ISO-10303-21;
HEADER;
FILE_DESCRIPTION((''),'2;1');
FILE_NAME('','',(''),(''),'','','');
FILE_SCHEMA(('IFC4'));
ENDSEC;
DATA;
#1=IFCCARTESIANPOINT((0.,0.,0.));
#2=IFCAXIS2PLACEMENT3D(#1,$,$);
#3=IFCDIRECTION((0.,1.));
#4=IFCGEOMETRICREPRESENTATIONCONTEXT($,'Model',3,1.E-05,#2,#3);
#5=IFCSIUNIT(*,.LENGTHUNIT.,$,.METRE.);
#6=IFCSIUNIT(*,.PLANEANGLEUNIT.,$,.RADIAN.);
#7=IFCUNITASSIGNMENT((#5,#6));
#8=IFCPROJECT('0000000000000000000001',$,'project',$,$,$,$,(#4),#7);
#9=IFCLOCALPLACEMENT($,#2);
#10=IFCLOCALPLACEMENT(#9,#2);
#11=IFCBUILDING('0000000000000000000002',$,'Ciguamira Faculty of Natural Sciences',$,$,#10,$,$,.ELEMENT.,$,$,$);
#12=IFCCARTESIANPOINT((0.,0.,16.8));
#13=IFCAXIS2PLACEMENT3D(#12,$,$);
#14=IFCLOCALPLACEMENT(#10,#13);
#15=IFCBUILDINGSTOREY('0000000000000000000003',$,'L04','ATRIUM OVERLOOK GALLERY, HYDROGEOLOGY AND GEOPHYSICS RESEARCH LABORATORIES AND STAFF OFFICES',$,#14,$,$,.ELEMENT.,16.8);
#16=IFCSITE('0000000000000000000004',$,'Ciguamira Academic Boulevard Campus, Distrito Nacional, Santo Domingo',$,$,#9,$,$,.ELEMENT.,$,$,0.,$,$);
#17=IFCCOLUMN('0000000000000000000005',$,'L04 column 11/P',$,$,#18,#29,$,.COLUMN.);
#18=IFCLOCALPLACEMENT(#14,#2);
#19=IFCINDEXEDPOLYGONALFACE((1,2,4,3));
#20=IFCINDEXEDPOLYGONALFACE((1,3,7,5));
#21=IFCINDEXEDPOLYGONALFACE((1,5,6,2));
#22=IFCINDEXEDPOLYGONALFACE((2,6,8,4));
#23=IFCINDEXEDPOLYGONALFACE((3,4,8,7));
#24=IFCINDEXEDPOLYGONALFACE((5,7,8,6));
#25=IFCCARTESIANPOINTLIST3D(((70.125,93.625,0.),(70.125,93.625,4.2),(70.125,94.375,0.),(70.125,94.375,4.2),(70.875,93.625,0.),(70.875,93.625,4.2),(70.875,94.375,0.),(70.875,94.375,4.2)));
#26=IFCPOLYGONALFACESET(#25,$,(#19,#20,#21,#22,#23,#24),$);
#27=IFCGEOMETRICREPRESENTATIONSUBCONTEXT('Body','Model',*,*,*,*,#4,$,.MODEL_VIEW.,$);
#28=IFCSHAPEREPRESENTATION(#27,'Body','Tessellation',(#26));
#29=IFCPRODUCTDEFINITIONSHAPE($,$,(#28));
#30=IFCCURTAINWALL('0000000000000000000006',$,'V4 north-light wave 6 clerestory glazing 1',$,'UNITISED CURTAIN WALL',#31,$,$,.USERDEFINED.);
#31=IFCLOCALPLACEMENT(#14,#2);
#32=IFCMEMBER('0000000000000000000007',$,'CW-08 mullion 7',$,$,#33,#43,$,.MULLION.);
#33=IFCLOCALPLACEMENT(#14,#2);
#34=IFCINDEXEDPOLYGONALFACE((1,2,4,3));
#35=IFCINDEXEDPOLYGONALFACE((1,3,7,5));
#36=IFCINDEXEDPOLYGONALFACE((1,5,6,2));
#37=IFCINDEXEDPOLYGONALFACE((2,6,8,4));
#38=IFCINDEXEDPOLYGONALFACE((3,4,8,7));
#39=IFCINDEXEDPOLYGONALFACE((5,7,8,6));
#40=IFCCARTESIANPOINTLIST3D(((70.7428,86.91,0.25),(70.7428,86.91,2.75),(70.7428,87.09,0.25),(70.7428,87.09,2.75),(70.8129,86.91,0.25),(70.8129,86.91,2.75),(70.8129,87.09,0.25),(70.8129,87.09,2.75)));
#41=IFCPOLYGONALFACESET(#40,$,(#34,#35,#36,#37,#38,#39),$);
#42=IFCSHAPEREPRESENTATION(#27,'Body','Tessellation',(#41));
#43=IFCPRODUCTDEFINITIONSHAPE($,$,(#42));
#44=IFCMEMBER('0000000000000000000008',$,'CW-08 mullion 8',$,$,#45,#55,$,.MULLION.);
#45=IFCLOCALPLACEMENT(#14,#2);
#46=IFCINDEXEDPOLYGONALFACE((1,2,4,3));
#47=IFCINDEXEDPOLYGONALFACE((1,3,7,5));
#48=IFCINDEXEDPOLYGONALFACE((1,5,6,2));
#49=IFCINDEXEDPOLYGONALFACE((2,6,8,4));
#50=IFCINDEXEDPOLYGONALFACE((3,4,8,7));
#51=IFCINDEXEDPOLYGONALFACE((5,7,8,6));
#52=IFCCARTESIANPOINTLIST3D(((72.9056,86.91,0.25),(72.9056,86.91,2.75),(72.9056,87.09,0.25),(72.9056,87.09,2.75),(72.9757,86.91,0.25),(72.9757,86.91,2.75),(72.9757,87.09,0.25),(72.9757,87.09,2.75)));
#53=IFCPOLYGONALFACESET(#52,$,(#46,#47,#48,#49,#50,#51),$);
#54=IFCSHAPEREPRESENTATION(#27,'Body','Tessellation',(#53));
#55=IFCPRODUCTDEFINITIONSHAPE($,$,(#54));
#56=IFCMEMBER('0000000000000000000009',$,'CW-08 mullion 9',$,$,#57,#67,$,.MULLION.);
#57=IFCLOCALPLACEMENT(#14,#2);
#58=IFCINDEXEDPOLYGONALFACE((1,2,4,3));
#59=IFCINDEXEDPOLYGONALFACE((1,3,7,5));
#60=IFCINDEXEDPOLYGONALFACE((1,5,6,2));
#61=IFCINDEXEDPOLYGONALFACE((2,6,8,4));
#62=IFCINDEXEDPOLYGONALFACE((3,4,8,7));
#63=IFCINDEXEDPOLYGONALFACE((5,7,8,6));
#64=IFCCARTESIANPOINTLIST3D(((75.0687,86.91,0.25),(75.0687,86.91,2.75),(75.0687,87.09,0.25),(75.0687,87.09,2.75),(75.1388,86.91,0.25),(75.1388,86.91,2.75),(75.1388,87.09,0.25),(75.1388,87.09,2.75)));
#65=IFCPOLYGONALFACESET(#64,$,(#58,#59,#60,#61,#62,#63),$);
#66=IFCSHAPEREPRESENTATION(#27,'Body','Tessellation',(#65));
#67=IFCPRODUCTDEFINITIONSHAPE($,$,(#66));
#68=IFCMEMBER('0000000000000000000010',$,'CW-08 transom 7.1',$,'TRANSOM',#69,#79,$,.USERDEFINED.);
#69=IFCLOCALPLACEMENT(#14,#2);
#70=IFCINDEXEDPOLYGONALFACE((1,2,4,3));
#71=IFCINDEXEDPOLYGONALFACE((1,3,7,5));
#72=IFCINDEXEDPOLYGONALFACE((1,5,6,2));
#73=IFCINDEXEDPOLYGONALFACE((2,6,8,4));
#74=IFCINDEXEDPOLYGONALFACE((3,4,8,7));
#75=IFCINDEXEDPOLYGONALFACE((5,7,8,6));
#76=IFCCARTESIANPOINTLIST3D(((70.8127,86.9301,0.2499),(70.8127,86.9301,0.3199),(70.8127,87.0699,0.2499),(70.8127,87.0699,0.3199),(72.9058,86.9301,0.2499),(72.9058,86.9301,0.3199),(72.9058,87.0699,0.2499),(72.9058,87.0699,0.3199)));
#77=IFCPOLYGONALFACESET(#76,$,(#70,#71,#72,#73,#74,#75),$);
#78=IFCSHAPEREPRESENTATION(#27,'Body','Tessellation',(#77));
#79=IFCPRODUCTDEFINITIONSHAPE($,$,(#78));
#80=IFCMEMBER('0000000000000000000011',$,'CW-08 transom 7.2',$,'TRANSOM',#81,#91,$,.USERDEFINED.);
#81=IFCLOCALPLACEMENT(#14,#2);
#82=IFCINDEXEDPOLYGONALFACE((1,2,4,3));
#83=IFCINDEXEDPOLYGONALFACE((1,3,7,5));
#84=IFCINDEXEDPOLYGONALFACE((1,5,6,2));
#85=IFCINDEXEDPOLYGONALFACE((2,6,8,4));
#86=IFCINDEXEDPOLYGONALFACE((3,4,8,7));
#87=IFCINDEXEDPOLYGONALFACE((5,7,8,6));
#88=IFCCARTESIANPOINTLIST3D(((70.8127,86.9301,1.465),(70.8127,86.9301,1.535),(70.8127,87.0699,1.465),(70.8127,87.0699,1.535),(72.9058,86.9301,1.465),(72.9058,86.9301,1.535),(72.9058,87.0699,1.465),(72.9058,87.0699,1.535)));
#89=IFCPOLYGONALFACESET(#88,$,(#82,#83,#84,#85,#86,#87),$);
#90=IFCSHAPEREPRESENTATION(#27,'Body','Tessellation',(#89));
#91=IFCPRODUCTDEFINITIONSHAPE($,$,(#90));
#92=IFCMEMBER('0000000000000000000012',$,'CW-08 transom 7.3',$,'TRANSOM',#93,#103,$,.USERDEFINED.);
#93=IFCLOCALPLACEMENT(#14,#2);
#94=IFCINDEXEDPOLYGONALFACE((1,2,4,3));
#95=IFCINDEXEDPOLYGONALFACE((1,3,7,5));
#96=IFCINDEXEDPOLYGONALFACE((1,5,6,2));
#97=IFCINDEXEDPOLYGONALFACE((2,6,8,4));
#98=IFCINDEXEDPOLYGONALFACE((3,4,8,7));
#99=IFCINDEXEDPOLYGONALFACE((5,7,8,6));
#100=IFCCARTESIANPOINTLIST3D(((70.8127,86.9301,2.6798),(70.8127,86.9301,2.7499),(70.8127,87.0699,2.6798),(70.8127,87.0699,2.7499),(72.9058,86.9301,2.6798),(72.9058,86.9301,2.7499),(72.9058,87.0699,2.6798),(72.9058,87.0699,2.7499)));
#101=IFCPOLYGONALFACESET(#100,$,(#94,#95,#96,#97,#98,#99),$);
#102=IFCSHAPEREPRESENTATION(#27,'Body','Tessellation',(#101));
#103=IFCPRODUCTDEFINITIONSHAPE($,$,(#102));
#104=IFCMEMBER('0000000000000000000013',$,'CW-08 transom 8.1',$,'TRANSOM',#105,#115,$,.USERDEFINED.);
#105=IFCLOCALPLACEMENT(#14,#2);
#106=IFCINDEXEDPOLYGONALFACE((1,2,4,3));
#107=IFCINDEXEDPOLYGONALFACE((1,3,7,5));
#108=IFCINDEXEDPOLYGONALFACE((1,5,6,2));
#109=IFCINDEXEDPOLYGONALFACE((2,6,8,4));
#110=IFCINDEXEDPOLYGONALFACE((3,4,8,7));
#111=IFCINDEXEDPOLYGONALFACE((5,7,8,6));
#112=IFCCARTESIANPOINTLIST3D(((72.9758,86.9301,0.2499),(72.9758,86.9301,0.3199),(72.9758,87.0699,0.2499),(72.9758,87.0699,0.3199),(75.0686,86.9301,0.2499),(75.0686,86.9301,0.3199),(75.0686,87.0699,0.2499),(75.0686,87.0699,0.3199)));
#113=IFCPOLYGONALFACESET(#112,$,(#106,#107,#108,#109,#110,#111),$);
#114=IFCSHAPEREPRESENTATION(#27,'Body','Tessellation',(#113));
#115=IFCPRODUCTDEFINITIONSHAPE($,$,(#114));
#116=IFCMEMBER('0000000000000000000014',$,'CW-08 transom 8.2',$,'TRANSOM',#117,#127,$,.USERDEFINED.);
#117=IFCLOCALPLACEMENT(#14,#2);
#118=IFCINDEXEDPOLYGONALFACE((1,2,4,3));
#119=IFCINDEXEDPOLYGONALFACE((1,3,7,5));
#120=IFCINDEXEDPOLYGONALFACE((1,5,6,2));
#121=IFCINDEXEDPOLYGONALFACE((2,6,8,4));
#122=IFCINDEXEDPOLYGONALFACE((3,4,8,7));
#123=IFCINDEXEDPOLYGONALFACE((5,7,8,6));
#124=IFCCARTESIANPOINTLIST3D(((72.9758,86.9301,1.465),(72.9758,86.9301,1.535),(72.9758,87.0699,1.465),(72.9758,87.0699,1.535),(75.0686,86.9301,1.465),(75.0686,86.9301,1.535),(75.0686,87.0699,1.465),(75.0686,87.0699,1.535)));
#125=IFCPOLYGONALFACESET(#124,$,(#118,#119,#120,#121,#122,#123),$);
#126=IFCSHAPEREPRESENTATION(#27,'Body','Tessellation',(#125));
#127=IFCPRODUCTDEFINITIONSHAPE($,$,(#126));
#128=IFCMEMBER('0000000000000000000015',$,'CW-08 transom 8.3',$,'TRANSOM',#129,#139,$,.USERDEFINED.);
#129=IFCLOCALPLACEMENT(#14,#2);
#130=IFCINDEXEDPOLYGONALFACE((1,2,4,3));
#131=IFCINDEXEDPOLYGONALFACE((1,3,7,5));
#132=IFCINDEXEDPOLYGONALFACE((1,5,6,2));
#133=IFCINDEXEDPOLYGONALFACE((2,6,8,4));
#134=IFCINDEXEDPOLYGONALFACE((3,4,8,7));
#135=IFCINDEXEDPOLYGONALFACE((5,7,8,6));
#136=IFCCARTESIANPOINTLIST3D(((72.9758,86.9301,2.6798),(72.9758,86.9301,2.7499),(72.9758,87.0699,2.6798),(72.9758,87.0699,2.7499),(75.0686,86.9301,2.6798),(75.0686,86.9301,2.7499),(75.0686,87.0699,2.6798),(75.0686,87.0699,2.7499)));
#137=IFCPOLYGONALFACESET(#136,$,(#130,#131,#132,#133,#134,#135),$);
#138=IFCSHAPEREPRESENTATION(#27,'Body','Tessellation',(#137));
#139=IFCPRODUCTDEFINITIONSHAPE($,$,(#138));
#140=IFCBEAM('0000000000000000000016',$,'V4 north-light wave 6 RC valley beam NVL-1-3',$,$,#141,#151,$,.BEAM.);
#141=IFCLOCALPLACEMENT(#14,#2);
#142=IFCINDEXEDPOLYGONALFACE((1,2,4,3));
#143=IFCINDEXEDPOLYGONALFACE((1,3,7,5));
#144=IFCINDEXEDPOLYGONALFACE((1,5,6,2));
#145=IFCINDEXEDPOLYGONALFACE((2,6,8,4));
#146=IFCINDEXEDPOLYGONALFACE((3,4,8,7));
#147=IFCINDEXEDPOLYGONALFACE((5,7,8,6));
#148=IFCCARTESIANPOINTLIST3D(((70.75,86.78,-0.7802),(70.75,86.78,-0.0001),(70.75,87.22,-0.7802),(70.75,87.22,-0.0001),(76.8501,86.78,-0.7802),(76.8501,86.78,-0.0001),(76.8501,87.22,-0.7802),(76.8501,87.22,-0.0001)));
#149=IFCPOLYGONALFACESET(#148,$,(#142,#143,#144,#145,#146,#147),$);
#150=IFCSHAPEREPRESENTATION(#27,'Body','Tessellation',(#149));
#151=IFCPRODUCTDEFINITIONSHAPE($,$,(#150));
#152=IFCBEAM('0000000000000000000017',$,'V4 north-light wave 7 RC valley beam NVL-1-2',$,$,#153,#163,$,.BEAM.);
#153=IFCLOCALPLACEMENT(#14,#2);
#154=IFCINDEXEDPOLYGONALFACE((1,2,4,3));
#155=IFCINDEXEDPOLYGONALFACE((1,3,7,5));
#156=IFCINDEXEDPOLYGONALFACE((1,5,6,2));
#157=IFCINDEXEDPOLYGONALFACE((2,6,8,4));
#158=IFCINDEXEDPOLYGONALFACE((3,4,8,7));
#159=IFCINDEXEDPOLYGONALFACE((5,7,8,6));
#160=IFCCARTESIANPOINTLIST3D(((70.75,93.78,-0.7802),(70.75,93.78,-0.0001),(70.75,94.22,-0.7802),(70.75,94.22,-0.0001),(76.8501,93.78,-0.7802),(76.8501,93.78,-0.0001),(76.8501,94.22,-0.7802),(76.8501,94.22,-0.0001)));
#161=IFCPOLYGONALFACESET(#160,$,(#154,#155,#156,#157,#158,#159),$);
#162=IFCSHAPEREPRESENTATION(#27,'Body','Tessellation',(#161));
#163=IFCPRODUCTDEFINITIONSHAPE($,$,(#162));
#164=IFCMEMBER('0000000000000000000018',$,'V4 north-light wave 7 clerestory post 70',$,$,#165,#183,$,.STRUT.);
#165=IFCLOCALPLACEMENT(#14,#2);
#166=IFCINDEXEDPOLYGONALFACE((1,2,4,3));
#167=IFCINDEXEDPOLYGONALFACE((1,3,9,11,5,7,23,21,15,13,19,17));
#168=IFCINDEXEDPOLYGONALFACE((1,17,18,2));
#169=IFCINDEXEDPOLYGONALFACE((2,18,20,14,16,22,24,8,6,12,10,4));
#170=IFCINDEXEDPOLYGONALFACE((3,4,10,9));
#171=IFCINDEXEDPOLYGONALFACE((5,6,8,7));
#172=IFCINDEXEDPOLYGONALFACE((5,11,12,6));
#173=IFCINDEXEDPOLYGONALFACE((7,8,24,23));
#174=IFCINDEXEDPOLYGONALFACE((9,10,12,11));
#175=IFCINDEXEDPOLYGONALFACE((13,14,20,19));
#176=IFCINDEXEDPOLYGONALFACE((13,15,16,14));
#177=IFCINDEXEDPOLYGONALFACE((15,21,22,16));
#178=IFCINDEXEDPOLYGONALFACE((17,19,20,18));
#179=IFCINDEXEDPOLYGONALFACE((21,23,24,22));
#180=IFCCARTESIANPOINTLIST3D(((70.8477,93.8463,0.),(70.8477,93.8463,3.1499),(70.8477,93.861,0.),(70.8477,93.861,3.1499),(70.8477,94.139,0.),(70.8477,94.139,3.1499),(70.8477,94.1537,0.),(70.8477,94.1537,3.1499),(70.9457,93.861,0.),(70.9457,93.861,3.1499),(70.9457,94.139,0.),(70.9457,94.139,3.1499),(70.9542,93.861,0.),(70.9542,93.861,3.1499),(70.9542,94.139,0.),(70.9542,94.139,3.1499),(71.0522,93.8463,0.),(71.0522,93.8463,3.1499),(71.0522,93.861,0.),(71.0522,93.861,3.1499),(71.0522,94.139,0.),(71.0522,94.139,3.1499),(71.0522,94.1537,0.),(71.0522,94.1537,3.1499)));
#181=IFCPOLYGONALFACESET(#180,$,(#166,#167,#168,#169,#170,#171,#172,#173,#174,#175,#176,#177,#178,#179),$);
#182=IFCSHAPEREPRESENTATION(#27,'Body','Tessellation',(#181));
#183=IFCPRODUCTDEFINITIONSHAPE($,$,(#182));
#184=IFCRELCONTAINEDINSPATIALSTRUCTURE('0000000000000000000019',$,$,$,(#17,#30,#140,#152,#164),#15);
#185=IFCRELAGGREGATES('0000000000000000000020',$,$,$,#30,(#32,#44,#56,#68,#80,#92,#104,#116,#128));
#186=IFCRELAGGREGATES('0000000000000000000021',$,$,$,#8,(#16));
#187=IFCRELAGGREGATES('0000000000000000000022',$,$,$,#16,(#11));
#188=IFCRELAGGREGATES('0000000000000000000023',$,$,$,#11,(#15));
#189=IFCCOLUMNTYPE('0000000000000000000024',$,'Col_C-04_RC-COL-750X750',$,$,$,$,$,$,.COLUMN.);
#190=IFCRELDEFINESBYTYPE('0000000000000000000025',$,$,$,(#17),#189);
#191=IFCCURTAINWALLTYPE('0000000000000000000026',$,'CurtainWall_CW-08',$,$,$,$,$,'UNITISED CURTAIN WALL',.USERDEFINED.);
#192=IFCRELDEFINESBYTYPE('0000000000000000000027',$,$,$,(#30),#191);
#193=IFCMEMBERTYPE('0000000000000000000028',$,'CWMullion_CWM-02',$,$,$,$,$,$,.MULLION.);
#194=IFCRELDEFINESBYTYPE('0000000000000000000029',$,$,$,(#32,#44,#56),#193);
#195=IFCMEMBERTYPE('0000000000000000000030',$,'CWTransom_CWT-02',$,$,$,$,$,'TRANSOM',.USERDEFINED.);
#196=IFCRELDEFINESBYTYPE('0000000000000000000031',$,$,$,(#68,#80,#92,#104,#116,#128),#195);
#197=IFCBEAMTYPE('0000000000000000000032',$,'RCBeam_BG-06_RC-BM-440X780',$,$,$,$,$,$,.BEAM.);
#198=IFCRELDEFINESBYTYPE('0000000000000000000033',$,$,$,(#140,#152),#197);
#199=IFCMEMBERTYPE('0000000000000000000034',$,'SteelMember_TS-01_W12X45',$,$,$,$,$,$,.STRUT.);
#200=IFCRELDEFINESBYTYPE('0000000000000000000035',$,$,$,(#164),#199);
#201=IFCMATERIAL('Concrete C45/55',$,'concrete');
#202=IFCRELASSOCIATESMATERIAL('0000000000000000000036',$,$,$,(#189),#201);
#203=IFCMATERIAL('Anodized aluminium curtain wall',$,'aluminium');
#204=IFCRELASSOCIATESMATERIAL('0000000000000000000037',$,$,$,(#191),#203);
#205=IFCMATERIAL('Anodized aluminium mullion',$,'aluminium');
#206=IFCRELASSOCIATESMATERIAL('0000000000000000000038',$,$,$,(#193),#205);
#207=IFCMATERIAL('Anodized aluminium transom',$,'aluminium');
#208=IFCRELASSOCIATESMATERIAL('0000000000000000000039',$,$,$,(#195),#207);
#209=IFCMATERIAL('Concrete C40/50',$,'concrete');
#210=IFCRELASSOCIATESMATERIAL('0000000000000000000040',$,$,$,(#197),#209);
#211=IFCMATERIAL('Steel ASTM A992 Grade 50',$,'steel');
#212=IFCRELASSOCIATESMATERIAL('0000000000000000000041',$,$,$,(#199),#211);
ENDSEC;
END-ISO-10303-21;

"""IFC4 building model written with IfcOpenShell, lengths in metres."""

from ifc_helpers import new_model, si_unit, direction, frame, origin, origin_2d, place, context, subcontext, project, spatial, rectangle, i_section, extrude, material, material_profile, profile_set, type_object, element, aggregate, save


model = new_model("IFC4")

# Units and contexts
model_context = context("Model", 3, precision=1e-05, world=origin(), true_north=direction((0.0, 1.0)))
body_context = subcontext(model_context, "Body", "Model", "MODEL_VIEW")
ifc_project = project(units=[si_unit("LENGTHUNIT", "METRE"), si_unit("PLANEANGLEUNIT", "RADIAN")], contexts=[model_context])

# Site, building, storey
site_placement = place(None, origin())
site = spatial("IfcSite", under=ifc_project, at=site_placement, Name="Ciguamira Academic Boulevard Campus, Distrito Nacional, Santo Domingo", CompositionType="ELEMENT", RefElevation=0.0)
building_placement = place(site_placement, origin())
building = spatial("IfcBuilding", under=site, at=building_placement, Name="Ciguamira Faculty of Natural Sciences", CompositionType="ELEMENT")
storey_placement = place(building_placement, frame((0.0, 0.0, 16.8)))
storey = spatial("IfcBuildingStorey", under=building, at=storey_placement, Name="L04", Description="ATRIUM OVERLOOK GALLERY, HYDROGEOLOGY AND GEOPHYSICS RESEARCH LABORATORIES AND STAFF OFFICES", CompositionType="ELEMENT", Elevation=16.8)

# Column
ifc_material_1 = material(Name="Concrete C45/55", Category="concrete")
ifc_material_profile_1 = material_profile(ifc_material_1, rectangle(XDim=0.75, YDim=0.75, at=origin_2d()), Name="RC-COL-750X750")
ifc_profile_set_1 = profile_set([ifc_material_profile_1], Name="Concrete C45/55")
column_type = type_object("IfcColumnType", Name="Col_C-04_RC-COL-750X750", PredefinedType="COLUMN", material=ifc_profile_set_1)
column_placement = place(storey_placement, frame((70.5, 94.0, 0.0), z_axis=(0.0, 0.0, 1.0), x_axis=(1.0, 0.0, 0.0)))
element("IfcColumn", 1, at=column_placement, inside=storey, type_object=column_type, Name="L04 column 11/P", PredefinedType="COLUMN", context=body_context, shape_type="SweptSolid", body=[
    extrude(rectangle(XDim=0.75, YDim=0.75, at=origin_2d()), origin(), (0.0, 0.0, 1.0), 4.2),
])

# Curtain wall, members
ifc_material_2 = material(Name="Anodized aluminium curtain wall", Category="aluminium")
curtain_wall_type = type_object("IfcCurtainWallType", Name="CurtainWall_CW-08", ElementType="UNITISED CURTAIN WALL", PredefinedType="USERDEFINED", material=ifc_material_2)
curtain_wall_placement = place(storey_placement, origin())
curtain_wall = element("IfcCurtainWall", 2, at=curtain_wall_placement, inside=storey, type_object=curtain_wall_type, Name="V4 north-light wave 6 clerestory glazing 1", ObjectType="UNITISED CURTAIN WALL", PredefinedType="USERDEFINED")
ifc_material_3 = material(Name="Anodized aluminium mullion", Category="aluminium")
ifc_material_profile_2 = material_profile(ifc_material_3, rectangle(XDim=0.0701, YDim=0.1799, at=origin_2d()), Name="ALU-MUL-70X180")
ifc_profile_set_2 = profile_set([ifc_material_profile_2], Name="Anodized aluminium mullion")
member_type_1 = type_object("IfcMemberType", Name="CWMullion_CWM-02", PredefinedType="MULLION", material=ifc_profile_set_2)
member_1_placement = place(storey_placement, frame((70.7778, 87.0, 0.25), z_axis=(0.0, 0.0, 1.0), x_axis=(1.0, 0.0, 0.0)))
member_1 = element("IfcMember", 3, at=member_1_placement, type_object=member_type_1, Name="CW-08 mullion 7", PredefinedType="MULLION", context=body_context, shape_type="SweptSolid", body=[
    extrude(rectangle(XDim=0.0701, YDim=0.1799, at=origin_2d()), origin(), (0.0, 0.0, 1.0), 2.5),
])
member_2_placement = place(storey_placement, frame((72.9407, 87.0, 0.25), z_axis=(0.0, 0.0, 1.0), x_axis=(1.0, 0.0, 0.0)))
member_2 = element("IfcMember", 4, at=member_2_placement, type_object=member_type_1, Name="CW-08 mullion 8", PredefinedType="MULLION", context=body_context, shape_type="SweptSolid", body=[
    extrude(rectangle(XDim=0.0701, YDim=0.1799, at=origin_2d()), origin(), (0.0, 0.0, 1.0), 2.5),
])
member_3_placement = place(storey_placement, frame((75.1038, 87.0, 0.25), z_axis=(0.0, 0.0, 1.0), x_axis=(1.0, 0.0, 0.0)))
member_3 = element("IfcMember", 5, at=member_3_placement, type_object=member_type_1, Name="CW-08 mullion 9", PredefinedType="MULLION", context=body_context, shape_type="SweptSolid", body=[
    extrude(rectangle(XDim=0.0701, YDim=0.1799, at=origin_2d()), origin(), (0.0, 0.0, 1.0), 2.5),
])
ifc_material_4 = material(Name="Anodized aluminium transom", Category="aluminium")
ifc_material_profile_3 = material_profile(ifc_material_4, rectangle(XDim=0.0701, YDim=0.1399, at=origin_2d()), Name="ALU-TRN-70X140")
ifc_profile_set_3 = profile_set([ifc_material_profile_3], Name="Anodized aluminium transom")
member_type_2 = type_object("IfcMemberType", Name="CWTransom_CWT-02", ElementType="TRANSOM", PredefinedType="USERDEFINED", material=ifc_profile_set_3)
member_4_placement = place(storey_placement, frame((70.8127, 87.0, 0.2849), z_axis=(1.0, 0.0, 0.0), x_axis=(0.0, 0.0, 1.0)))
member_4 = element("IfcMember", 6, at=member_4_placement, type_object=member_type_2, Name="CW-08 transom 7.1", ObjectType="TRANSOM", PredefinedType="USERDEFINED", context=body_context, shape_type="SweptSolid", body=[
    extrude(rectangle(XDim=0.0701, YDim=0.1399, at=origin_2d()), origin(), (0.0, 0.0, 1.0), 2.093),
])
member_5_placement = place(storey_placement, frame((70.8127, 87.0, 1.5), z_axis=(1.0, 0.0, 0.0), x_axis=(0.0, 0.0, 1.0)))
member_5 = element("IfcMember", 7, at=member_5_placement, type_object=member_type_2, Name="CW-08 transom 7.2", ObjectType="TRANSOM", PredefinedType="USERDEFINED", context=body_context, shape_type="SweptSolid", body=[
    extrude(rectangle(XDim=0.0701, YDim=0.1399, at=origin_2d()), origin(), (0.0, 0.0, 1.0), 2.093),
])
member_6_placement = place(storey_placement, frame((70.8127, 87.0, 2.7148), z_axis=(1.0, 0.0, 0.0), x_axis=(0.0, 0.0, 1.0)))
member_6 = element("IfcMember", 8, at=member_6_placement, type_object=member_type_2, Name="CW-08 transom 7.3", ObjectType="TRANSOM", PredefinedType="USERDEFINED", context=body_context, shape_type="SweptSolid", body=[
    extrude(rectangle(XDim=0.0701, YDim=0.1399, at=origin_2d()), origin(), (0.0, 0.0, 1.0), 2.093),
])
member_7_placement = place(storey_placement, frame((72.9758, 87.0, 0.2849), z_axis=(1.0, 0.0, 0.0), x_axis=(0.0, 0.0, 1.0)))
member_7 = element("IfcMember", 9, at=member_7_placement, type_object=member_type_2, Name="CW-08 transom 8.1", ObjectType="TRANSOM", PredefinedType="USERDEFINED", context=body_context, shape_type="SweptSolid", body=[
    extrude(rectangle(XDim=0.0701, YDim=0.1399, at=origin_2d()), origin(), (0.0, 0.0, 1.0), 2.0928),
])
member_8_placement = place(storey_placement, frame((72.9758, 87.0, 1.5), z_axis=(1.0, 0.0, 0.0), x_axis=(0.0, 0.0, 1.0)))
member_8 = element("IfcMember", 10, at=member_8_placement, type_object=member_type_2, Name="CW-08 transom 8.2", ObjectType="TRANSOM", PredefinedType="USERDEFINED", context=body_context, shape_type="SweptSolid", body=[
    extrude(rectangle(XDim=0.0701, YDim=0.1399, at=origin_2d()), origin(), (0.0, 0.0, 1.0), 2.0928),
])
member_9_placement = place(storey_placement, frame((72.9758, 87.0, 2.7148), z_axis=(1.0, 0.0, 0.0), x_axis=(0.0, 0.0, 1.0)))
member_9 = element("IfcMember", 11, at=member_9_placement, type_object=member_type_2, Name="CW-08 transom 8.3", ObjectType="TRANSOM", PredefinedType="USERDEFINED", context=body_context, shape_type="SweptSolid", body=[
    extrude(rectangle(XDim=0.0701, YDim=0.1399, at=origin_2d()), origin(), (0.0, 0.0, 1.0), 2.0928),
])

# Beams
ifc_material_5 = material(Name="Concrete C40/50", Category="concrete")
ifc_material_profile_4 = material_profile(ifc_material_5, rectangle(XDim=0.4399, YDim=0.78, at=origin_2d()), Name="RC-BM-440X780")
ifc_profile_set_4 = profile_set([ifc_material_profile_4], Name="Concrete C40/50")
beam_type = type_object("IfcBeamType", Name="RCBeam_BG-06_RC-BM-440X780", PredefinedType="BEAM", material=ifc_profile_set_4)
for number, where, z_axis, x_axis, name in (
    (12, (70.75, 87.0, -0.3901), (1.0, 0.0, 0.0), (0.0, 1.0, 0.0), "V4 north-light wave 6 RC valley beam NVL-1-3"),
    (13, (70.75, 94.0, -0.3901), (1.0, 0.0, 0.0), (0.0, 1.0, 0.0), "V4 north-light wave 7 RC valley beam NVL-1-2"),
):
    element("IfcBeam", number, at=place(storey_placement, frame(where, z_axis=z_axis, x_axis=x_axis)), inside=storey, type_object=beam_type, Name=name, PredefinedType="BEAM", context=body_context, shape_type="SweptSolid", body=[
        extrude(rectangle(XDim=0.4399, YDim=0.78, at=origin_2d()), origin(), (0.0, 0.0, 1.0), 6.1001),
    ])

# Member
ifc_material_6 = material(Name="Steel ASTM A992 Grade 50", Category="steel")
ifc_material_profile_5 = material_profile(ifc_material_6, i_section(OverallWidth=0.2046, OverallDepth=0.3074, WebThickness=0.0085, FlangeThickness=0.0146, at=origin_2d()), Name="W12X45")
ifc_profile_set_5 = profile_set([ifc_material_profile_5], Name="Steel ASTM A992 Grade 50")
member_type_3 = type_object("IfcMemberType", Name="SteelMember_TS-01_W12X45", PredefinedType="STRUT", material=ifc_profile_set_5)
member_10_placement = place(storey_placement, frame((70.95, 94.0, 0.0), z_axis=(0.0, 0.0, 1.0), x_axis=(1.0, 0.0, 0.0)))
element("IfcMember", 14, at=member_10_placement, inside=storey, type_object=member_type_3, Name="V4 north-light wave 7 clerestory post 70", PredefinedType="STRUT", context=body_context, shape_type="SweptSolid", body=[
    extrude(i_section(OverallWidth=0.2046, OverallDepth=0.3074, WebThickness=0.0085, FlangeThickness=0.0146, at=origin_2d()), origin(), (0.0, 0.0, 1.0), 3.1499),
])

aggregate(curtain_wall, [member_1, member_2, member_3, member_4, member_5, member_6, member_7, member_8, member_9])

save(model, "model.ifc")
